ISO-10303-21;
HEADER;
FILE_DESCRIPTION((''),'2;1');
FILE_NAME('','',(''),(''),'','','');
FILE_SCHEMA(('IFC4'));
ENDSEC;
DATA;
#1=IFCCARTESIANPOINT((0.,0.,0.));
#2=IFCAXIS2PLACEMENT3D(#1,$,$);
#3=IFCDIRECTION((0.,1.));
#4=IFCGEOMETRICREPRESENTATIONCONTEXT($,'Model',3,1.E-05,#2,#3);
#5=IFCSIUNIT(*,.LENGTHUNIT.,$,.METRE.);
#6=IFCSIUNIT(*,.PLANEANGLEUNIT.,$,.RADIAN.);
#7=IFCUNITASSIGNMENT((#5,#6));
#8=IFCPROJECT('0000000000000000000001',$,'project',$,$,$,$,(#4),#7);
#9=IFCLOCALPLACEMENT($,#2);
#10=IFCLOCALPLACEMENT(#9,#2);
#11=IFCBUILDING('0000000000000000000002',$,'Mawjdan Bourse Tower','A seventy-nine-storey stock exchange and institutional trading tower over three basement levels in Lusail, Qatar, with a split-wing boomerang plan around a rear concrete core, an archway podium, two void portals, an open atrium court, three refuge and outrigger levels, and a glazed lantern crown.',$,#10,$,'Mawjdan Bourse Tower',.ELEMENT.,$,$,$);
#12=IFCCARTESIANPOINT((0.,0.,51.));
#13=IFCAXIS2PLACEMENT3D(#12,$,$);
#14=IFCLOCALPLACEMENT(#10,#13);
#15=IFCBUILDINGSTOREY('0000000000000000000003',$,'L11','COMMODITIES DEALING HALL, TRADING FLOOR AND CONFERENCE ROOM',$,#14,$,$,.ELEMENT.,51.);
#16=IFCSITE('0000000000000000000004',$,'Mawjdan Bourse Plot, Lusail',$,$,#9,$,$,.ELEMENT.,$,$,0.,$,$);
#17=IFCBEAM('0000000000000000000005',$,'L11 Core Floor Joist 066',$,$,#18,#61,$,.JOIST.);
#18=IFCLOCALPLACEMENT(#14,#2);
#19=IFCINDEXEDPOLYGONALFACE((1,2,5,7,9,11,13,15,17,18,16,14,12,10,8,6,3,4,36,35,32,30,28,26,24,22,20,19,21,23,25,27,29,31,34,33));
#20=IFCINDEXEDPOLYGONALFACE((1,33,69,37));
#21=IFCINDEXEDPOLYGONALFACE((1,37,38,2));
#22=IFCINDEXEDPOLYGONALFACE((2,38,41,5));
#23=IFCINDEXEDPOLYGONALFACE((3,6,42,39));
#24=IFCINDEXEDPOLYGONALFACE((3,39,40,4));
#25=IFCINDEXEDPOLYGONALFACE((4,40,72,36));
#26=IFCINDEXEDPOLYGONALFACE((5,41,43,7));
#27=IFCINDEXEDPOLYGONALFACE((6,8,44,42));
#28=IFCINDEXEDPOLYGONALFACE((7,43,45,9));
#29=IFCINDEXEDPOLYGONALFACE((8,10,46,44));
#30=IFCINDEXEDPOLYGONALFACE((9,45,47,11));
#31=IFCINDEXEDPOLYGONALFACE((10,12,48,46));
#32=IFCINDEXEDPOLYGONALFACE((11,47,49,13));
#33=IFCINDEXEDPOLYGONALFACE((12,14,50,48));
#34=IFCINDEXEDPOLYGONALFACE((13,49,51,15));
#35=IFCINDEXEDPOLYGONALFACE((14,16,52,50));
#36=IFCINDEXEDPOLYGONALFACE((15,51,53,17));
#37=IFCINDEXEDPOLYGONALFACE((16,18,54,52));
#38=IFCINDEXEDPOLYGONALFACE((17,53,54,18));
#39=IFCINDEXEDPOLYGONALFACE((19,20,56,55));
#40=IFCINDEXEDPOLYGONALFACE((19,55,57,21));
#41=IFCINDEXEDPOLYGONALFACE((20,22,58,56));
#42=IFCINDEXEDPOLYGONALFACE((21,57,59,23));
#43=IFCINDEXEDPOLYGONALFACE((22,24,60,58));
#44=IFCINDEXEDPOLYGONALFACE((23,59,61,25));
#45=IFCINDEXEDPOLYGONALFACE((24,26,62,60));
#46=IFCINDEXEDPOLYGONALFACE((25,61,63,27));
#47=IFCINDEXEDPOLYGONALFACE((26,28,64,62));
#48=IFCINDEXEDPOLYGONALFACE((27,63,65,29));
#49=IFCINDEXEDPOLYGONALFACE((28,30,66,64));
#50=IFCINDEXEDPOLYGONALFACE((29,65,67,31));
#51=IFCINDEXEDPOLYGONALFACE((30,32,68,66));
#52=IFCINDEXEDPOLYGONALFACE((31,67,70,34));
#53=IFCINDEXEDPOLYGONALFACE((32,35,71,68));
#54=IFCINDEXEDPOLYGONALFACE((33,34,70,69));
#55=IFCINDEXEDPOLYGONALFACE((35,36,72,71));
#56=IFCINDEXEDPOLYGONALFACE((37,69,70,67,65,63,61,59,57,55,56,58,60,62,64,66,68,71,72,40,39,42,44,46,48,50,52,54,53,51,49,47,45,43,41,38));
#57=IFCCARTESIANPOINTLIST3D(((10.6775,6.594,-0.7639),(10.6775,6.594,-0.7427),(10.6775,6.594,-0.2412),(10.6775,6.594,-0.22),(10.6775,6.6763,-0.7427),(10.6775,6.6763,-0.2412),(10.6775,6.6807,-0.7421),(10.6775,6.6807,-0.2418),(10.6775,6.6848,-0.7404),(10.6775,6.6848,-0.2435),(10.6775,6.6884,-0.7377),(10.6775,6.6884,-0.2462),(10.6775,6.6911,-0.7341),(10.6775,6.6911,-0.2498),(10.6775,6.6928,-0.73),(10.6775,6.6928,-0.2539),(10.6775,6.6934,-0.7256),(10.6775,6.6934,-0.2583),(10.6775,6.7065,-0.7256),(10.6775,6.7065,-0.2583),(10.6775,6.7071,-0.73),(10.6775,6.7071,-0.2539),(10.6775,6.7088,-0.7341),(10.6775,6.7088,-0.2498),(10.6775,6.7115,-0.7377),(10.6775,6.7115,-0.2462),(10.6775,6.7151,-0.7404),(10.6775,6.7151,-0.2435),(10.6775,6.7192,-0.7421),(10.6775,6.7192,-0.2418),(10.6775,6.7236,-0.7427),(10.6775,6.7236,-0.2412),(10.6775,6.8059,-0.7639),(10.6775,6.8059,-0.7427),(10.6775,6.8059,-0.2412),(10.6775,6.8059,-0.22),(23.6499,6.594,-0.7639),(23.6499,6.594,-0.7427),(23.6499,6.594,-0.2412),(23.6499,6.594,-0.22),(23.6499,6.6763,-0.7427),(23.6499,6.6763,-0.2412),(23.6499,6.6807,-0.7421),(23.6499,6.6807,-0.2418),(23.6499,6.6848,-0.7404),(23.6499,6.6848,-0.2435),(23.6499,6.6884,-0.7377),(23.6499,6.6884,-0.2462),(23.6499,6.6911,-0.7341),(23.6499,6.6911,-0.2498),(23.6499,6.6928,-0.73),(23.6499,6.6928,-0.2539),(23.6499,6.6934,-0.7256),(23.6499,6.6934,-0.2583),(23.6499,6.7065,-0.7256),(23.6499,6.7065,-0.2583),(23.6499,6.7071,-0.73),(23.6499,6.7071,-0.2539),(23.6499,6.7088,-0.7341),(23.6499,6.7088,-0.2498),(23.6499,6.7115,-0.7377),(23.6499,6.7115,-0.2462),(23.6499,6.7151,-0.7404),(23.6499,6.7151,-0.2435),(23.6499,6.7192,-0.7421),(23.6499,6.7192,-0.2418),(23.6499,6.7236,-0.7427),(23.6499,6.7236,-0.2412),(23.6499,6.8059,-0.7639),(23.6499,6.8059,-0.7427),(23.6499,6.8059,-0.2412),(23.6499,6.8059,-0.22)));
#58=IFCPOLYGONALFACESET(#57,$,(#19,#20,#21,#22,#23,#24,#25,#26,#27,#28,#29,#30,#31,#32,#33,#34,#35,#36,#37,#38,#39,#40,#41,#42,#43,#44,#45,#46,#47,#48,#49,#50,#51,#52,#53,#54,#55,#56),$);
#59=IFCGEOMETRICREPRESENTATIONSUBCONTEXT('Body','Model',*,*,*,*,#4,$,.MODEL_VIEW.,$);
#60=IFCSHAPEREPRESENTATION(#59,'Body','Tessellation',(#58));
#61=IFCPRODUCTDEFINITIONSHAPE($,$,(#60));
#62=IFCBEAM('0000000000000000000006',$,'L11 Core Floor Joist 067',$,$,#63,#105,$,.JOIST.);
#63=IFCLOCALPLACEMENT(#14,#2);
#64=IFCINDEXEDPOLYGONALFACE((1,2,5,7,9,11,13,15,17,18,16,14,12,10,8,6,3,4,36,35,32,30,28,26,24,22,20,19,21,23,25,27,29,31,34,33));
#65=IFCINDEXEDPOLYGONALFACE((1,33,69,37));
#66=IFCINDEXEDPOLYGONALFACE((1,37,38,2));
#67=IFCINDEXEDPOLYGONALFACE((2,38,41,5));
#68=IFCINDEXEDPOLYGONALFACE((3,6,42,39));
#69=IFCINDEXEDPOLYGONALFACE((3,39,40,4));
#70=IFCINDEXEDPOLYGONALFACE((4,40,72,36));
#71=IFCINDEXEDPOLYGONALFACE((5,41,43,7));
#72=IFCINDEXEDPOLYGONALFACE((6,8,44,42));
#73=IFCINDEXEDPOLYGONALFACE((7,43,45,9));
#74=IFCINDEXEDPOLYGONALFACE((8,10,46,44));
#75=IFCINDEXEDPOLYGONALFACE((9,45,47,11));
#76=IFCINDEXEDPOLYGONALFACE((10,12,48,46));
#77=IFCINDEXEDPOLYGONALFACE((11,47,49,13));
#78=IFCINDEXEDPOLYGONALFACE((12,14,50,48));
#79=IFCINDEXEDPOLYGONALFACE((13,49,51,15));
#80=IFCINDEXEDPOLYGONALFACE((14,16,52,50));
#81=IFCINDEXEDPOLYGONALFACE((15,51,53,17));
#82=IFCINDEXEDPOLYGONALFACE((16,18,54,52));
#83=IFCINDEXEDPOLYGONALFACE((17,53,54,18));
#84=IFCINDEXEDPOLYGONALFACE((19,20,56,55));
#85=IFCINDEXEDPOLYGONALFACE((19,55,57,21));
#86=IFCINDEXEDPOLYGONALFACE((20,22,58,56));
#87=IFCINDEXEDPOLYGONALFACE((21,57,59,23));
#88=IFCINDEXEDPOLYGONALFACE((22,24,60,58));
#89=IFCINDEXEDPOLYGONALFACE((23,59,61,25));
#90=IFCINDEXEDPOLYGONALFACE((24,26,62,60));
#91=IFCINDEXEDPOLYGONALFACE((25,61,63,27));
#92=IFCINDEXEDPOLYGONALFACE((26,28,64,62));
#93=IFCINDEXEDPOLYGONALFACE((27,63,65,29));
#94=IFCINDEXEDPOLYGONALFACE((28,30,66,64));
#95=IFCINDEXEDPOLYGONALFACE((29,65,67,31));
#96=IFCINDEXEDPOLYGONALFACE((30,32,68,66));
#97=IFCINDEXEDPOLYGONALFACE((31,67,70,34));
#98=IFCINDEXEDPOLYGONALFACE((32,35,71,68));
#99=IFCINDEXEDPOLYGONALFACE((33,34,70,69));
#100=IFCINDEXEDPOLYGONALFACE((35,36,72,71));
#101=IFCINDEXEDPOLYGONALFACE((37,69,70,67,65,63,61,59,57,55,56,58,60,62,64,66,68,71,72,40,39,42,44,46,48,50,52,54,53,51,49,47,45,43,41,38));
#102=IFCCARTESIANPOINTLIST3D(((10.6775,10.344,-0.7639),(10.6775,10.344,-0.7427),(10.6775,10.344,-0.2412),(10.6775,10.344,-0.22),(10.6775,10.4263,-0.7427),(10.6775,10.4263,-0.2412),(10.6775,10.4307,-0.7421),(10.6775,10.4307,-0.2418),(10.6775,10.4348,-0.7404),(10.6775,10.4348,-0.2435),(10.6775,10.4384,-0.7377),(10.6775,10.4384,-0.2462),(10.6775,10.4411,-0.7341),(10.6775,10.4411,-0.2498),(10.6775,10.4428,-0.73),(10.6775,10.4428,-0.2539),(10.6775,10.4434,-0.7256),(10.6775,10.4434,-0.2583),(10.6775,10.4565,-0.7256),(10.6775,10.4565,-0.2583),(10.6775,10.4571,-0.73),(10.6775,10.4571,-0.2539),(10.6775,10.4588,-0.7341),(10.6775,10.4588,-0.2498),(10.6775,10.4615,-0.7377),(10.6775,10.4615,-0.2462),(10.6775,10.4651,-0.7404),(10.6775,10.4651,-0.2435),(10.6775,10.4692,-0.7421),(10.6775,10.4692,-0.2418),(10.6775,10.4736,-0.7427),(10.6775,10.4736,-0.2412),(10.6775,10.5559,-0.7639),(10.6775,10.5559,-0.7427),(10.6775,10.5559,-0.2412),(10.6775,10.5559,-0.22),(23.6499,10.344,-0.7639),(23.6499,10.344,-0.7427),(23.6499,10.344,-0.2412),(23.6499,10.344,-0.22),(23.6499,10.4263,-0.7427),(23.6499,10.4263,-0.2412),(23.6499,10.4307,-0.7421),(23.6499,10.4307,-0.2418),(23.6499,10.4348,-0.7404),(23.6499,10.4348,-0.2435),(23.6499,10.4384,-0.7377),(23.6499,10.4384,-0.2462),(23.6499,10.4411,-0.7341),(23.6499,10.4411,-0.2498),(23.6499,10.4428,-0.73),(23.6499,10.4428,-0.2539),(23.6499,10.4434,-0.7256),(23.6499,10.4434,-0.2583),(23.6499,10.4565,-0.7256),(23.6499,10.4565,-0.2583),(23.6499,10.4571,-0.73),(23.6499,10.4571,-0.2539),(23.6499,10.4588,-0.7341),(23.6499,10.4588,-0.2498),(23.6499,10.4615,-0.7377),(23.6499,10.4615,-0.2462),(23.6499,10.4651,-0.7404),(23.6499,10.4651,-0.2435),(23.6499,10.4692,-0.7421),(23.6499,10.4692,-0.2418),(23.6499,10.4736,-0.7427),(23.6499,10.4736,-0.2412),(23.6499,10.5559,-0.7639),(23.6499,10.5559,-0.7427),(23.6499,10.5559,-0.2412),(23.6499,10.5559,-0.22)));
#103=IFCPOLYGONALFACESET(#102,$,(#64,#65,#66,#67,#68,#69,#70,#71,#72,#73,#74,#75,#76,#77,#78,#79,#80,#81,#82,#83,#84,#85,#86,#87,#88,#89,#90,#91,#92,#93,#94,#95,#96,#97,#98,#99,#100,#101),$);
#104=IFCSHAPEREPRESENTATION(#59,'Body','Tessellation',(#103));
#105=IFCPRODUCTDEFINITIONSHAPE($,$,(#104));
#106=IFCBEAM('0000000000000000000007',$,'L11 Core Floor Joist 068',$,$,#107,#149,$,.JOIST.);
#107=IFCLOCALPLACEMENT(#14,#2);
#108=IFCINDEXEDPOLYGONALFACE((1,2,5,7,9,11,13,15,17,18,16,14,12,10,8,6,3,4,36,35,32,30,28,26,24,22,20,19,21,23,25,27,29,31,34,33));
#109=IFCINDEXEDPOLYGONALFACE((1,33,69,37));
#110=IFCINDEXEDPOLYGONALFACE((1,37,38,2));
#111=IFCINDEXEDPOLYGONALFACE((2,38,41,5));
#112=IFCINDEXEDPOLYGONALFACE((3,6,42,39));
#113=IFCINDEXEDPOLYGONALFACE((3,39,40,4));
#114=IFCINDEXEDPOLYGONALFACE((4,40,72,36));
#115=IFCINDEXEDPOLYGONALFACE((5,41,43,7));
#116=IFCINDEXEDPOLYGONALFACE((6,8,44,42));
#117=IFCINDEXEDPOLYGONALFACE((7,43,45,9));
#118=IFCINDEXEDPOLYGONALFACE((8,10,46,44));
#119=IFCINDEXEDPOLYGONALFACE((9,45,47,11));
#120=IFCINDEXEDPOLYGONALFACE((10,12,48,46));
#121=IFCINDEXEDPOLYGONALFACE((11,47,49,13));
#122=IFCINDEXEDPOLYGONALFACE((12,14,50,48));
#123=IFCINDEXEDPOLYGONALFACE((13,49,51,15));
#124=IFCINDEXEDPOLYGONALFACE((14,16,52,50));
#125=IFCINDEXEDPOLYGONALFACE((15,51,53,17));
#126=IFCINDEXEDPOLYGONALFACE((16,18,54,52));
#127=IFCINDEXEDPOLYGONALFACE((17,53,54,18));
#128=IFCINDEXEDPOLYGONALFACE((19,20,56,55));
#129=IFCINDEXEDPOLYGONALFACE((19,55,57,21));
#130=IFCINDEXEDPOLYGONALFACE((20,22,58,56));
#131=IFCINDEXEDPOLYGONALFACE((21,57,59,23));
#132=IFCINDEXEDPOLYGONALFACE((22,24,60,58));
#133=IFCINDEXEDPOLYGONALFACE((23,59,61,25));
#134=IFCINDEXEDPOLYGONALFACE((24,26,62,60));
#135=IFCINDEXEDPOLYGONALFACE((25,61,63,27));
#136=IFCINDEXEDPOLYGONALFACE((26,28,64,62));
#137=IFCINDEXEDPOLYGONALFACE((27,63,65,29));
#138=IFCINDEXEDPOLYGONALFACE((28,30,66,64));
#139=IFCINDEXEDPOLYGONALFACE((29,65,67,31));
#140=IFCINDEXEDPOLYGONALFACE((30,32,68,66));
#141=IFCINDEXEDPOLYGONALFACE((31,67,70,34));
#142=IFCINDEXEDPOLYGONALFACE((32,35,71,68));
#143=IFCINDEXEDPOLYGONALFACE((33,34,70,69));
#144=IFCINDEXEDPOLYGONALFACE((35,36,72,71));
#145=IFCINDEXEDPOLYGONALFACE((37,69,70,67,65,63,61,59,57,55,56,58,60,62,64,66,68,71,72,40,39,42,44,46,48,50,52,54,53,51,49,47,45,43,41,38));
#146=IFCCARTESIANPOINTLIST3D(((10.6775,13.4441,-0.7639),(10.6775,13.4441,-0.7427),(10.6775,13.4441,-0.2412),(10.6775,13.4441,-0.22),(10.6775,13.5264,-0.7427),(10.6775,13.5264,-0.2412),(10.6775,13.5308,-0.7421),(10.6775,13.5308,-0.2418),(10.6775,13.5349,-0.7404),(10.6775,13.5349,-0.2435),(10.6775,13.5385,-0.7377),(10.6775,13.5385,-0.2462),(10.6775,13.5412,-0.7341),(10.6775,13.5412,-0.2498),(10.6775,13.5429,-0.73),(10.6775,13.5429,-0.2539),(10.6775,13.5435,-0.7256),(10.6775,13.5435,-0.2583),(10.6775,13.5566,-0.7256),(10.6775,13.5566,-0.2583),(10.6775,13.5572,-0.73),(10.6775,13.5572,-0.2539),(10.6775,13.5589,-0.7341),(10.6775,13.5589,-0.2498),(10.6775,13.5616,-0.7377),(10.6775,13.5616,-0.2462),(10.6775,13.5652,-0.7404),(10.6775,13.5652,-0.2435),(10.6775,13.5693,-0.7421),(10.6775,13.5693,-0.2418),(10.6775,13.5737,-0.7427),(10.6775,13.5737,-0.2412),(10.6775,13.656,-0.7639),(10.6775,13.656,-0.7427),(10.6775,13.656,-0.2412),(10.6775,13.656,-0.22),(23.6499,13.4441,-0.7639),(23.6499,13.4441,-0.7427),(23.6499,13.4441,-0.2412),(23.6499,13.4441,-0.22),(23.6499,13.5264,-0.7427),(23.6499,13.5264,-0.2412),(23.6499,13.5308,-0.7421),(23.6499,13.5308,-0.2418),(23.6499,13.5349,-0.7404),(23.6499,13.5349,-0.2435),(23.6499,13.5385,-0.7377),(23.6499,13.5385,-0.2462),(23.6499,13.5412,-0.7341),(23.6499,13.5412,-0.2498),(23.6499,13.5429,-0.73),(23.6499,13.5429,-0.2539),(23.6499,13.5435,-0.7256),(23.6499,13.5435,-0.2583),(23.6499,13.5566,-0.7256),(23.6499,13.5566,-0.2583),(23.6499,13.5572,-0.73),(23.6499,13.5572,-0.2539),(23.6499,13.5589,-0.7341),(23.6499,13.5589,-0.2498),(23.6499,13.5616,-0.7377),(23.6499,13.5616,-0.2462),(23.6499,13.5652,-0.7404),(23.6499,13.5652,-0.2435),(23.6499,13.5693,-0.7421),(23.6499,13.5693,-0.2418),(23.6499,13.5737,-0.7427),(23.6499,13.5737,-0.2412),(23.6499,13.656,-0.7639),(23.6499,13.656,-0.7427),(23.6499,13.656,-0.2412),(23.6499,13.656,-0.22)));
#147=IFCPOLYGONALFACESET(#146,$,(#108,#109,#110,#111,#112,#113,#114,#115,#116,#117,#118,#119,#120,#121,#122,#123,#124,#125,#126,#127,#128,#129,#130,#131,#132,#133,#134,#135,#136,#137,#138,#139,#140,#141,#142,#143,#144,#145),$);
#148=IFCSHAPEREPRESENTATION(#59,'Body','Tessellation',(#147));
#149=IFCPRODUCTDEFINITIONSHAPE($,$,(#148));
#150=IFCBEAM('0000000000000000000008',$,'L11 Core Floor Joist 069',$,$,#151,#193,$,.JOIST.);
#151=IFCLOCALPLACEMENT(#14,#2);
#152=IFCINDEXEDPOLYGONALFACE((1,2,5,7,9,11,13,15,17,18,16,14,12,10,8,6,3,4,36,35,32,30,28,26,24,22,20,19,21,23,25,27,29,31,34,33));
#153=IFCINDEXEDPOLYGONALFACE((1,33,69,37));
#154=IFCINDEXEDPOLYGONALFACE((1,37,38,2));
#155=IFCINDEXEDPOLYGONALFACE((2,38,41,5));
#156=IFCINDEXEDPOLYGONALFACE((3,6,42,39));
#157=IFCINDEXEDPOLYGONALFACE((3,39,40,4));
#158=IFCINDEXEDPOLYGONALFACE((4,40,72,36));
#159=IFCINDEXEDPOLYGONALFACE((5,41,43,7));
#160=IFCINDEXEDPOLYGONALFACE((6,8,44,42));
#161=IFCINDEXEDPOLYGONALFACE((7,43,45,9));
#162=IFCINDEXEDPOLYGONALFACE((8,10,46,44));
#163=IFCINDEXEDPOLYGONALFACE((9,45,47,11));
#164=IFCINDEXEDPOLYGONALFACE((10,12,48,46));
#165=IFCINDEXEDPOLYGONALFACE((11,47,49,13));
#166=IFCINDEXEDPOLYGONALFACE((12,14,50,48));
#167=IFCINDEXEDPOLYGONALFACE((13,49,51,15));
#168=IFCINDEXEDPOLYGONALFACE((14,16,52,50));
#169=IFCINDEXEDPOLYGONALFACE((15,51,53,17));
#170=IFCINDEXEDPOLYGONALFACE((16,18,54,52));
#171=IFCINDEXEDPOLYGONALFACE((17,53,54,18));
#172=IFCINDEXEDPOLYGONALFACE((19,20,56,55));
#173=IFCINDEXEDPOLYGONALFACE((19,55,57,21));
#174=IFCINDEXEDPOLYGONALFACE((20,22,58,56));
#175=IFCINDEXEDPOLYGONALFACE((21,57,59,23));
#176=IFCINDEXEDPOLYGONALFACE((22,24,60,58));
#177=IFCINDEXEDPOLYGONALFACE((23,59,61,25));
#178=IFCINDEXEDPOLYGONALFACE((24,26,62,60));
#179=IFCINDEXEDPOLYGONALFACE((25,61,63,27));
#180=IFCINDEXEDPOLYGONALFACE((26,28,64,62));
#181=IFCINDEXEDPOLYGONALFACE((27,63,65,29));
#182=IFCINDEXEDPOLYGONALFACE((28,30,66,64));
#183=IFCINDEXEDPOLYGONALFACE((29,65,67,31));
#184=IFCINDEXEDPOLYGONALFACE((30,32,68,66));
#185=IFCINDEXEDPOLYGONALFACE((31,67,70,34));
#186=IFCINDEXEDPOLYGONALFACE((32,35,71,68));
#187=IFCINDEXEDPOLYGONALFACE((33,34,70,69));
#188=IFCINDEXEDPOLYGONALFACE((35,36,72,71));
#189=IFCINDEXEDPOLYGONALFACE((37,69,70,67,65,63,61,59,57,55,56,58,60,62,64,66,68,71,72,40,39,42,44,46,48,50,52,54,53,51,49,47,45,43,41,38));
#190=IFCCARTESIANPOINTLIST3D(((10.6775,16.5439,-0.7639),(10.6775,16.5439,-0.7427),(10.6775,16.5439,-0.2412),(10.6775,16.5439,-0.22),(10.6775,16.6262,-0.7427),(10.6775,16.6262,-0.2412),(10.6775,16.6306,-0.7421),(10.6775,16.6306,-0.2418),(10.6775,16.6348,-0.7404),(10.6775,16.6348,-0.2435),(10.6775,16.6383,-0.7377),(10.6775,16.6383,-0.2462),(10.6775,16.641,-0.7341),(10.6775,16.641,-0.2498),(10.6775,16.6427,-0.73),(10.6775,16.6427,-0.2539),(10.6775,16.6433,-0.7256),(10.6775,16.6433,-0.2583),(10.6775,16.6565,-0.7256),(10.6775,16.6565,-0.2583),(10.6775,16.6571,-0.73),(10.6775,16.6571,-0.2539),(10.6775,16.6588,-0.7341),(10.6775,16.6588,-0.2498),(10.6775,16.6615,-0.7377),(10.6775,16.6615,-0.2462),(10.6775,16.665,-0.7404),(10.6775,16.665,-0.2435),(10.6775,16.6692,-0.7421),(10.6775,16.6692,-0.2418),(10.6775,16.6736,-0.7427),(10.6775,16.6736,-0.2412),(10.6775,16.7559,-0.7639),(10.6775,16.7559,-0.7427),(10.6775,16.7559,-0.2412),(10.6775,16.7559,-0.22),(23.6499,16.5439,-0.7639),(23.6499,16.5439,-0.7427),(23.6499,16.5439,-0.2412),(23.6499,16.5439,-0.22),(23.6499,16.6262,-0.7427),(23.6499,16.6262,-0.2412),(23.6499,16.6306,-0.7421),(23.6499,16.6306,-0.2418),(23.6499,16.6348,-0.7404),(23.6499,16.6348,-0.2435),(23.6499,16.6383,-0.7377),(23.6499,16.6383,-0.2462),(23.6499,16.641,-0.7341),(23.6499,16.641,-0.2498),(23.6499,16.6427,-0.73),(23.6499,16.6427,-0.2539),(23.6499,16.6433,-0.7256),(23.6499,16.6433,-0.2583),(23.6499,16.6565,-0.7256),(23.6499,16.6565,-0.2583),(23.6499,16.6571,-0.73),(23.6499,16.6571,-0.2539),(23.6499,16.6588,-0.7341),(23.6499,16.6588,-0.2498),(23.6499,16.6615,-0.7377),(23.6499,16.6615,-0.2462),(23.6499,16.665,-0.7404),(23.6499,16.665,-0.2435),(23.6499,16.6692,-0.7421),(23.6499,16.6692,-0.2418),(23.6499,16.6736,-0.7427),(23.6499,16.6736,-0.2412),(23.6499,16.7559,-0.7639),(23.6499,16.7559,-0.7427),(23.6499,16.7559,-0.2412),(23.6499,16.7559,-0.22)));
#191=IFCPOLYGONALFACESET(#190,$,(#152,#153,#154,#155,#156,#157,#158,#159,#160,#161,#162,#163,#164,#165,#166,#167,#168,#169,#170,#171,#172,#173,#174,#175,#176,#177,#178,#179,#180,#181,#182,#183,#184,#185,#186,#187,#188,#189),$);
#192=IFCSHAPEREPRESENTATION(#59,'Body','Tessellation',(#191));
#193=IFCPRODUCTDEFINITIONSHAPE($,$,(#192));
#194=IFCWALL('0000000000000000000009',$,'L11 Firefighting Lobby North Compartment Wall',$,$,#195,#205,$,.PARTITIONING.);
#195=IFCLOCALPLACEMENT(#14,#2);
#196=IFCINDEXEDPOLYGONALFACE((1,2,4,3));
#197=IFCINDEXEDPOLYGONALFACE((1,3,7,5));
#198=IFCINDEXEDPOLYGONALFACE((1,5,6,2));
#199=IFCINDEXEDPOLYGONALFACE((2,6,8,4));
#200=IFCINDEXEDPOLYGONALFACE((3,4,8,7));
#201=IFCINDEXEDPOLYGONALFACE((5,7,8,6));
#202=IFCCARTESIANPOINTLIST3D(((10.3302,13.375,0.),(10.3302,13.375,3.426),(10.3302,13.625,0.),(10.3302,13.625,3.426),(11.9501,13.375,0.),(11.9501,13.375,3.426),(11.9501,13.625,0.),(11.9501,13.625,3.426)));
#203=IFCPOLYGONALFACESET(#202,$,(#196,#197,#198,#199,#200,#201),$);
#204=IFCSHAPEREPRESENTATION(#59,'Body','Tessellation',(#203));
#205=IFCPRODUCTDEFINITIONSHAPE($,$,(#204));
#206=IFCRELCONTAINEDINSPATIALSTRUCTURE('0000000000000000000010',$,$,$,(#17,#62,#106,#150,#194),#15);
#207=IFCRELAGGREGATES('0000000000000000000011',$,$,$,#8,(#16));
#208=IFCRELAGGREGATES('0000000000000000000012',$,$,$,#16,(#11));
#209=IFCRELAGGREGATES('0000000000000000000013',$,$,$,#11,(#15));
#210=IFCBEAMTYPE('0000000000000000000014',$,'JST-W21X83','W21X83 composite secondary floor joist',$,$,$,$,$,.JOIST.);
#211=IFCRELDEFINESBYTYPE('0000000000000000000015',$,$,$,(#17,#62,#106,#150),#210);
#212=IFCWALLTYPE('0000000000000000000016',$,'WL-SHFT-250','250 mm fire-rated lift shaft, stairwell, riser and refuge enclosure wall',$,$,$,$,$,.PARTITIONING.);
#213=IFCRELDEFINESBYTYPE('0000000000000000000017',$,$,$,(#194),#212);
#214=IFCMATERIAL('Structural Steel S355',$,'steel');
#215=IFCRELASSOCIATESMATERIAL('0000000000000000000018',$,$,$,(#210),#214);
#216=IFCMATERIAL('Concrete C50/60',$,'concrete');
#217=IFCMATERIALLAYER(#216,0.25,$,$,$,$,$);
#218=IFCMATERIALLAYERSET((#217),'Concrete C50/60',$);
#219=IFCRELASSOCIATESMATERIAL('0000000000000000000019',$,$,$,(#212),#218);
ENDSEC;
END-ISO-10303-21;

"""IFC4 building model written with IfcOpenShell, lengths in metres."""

from ifc_helpers import new_model, si_unit, direction, frame, frame_2d, origin, origin_2d, place, context, subcontext, project, spatial, rectangle, i_section, extrude, material, layer, layer_set, material_profile, profile_set, type_object, element, save


model = new_model("IFC4")

# Units and contexts
model_context = context("Model", 3, precision=1e-05, world=origin(), true_north=direction((0.0, 1.0)))
body_context = subcontext(model_context, "Body", "Model", "MODEL_VIEW")
ifc_project = project(units=[si_unit("LENGTHUNIT", "METRE"), si_unit("PLANEANGLEUNIT", "RADIAN")], contexts=[model_context])

# Site, building, storey
site_placement = place(None, origin())
site = spatial("IfcSite", under=ifc_project, at=site_placement, Name="Mawjdan Bourse Plot, Lusail", CompositionType="ELEMENT", RefElevation=0.0)
building_placement = place(site_placement, origin())
building = spatial("IfcBuilding", under=site, at=building_placement, Name="Mawjdan Bourse Tower", Description="A seventy-nine-storey stock exchange and institutional trading tower over three basement levels in Lusail, Qatar, with a split-wing boomerang plan around a rear concrete core, an archway podium, two void portals, an open atrium court, three refuge and outrigger levels, and a glazed lantern crown.", LongName="Mawjdan Bourse Tower", CompositionType="ELEMENT")
storey_placement = place(building_placement, frame((0.0, 0.0, 51.0)))
storey = spatial("IfcBuildingStorey", under=building, at=storey_placement, Name="L11", Description="COMMODITIES DEALING HALL, TRADING FLOOR AND CONFERENCE ROOM", CompositionType="ELEMENT", Elevation=51.0)

# Beams
ifc_material_1 = material(Name="Structural Steel S355", Category="steel")
ifc_material_profile = material_profile(ifc_material_1, i_section(OverallWidth=0.2119, OverallDepth=0.5439, WebThickness=0.0132, FlangeThickness=0.0212, FilletRadius=0.0171, at=origin_2d()), Name="W21X83")
ifc_profile_set = profile_set([ifc_material_profile], Name="Structural Steel S355")
beam_type = type_object("IfcBeamType", Name="JST-W21X83", Description="W21X83 composite secondary floor joist", PredefinedType="JOIST", material=ifc_profile_set)
for number, where, z_axis, x_axis, name in (
    (1, (10.6775, 6.7, -0.4919), (1.0, 0.0, 0.0), (0.0, 1.0, 0.0), "L11 Core Floor Joist 066"),
    (2, (10.6775, 10.45, -0.4919), (1.0, 0.0, 0.0), (0.0, 1.0, 0.0), "L11 Core Floor Joist 067"),
    (3, (10.6775, 13.55, -0.4919), (1.0, 0.0, 0.0), (0.0, 1.0, 0.0), "L11 Core Floor Joist 068"),
    (4, (10.6775, 16.6499, -0.4919), (1.0, 0.0, 0.0), (0.0, 1.0, 0.0), "L11 Core Floor Joist 069"),
):
    element("IfcBeam", number, at=place(storey_placement, frame(where, z_axis=z_axis, x_axis=x_axis)), inside=storey, type_object=beam_type, Name=name, PredefinedType="JOIST", context=body_context, shape_type="SweptSolid", body=[
        extrude(i_section(OverallWidth=0.2119, OverallDepth=0.5439, WebThickness=0.0132, FlangeThickness=0.0212, FilletRadius=0.0171, at=origin_2d()), origin(), (0.0, 0.0, 1.0), 12.9724),
    ])

# Wall
ifc_material_2 = material(Name="Concrete C50/60", Category="concrete")
ifc_layer_1 = layer(ifc_material_2, 0.25)
ifc_layer_set_1 = layer_set([ifc_layer_1], Name="Concrete C50/60")
wall_type_1 = type_object("IfcWallType", Name="WL-SHFT-250", Description="250 mm fire-rated lift shaft, stairwell, riser and refuge enclosure wall", PredefinedType="PARTITIONING", material=ifc_layer_set_1)
wall_1_placement = place(storey_placement, frame((10.3301, 13.5, 0.0), z_axis=(0.0, 0.0, 1.0), x_axis=(1.0, 0.0, 0.0)))
element("IfcWall", 5, at=wall_1_placement, inside=storey, type_object=wall_type_1, Name="L11 Firefighting Lobby North Compartment Wall", PredefinedType="PARTITIONING", context=body_context, shape_type="SweptSolid", body=[
    extrude(rectangle(XDim=1.6199, YDim=0.25, at=frame_2d((0.8101, 0.0))), origin(), (0.0, 0.0, 1.0), 3.426),
])

save(model, "model.ifc")
